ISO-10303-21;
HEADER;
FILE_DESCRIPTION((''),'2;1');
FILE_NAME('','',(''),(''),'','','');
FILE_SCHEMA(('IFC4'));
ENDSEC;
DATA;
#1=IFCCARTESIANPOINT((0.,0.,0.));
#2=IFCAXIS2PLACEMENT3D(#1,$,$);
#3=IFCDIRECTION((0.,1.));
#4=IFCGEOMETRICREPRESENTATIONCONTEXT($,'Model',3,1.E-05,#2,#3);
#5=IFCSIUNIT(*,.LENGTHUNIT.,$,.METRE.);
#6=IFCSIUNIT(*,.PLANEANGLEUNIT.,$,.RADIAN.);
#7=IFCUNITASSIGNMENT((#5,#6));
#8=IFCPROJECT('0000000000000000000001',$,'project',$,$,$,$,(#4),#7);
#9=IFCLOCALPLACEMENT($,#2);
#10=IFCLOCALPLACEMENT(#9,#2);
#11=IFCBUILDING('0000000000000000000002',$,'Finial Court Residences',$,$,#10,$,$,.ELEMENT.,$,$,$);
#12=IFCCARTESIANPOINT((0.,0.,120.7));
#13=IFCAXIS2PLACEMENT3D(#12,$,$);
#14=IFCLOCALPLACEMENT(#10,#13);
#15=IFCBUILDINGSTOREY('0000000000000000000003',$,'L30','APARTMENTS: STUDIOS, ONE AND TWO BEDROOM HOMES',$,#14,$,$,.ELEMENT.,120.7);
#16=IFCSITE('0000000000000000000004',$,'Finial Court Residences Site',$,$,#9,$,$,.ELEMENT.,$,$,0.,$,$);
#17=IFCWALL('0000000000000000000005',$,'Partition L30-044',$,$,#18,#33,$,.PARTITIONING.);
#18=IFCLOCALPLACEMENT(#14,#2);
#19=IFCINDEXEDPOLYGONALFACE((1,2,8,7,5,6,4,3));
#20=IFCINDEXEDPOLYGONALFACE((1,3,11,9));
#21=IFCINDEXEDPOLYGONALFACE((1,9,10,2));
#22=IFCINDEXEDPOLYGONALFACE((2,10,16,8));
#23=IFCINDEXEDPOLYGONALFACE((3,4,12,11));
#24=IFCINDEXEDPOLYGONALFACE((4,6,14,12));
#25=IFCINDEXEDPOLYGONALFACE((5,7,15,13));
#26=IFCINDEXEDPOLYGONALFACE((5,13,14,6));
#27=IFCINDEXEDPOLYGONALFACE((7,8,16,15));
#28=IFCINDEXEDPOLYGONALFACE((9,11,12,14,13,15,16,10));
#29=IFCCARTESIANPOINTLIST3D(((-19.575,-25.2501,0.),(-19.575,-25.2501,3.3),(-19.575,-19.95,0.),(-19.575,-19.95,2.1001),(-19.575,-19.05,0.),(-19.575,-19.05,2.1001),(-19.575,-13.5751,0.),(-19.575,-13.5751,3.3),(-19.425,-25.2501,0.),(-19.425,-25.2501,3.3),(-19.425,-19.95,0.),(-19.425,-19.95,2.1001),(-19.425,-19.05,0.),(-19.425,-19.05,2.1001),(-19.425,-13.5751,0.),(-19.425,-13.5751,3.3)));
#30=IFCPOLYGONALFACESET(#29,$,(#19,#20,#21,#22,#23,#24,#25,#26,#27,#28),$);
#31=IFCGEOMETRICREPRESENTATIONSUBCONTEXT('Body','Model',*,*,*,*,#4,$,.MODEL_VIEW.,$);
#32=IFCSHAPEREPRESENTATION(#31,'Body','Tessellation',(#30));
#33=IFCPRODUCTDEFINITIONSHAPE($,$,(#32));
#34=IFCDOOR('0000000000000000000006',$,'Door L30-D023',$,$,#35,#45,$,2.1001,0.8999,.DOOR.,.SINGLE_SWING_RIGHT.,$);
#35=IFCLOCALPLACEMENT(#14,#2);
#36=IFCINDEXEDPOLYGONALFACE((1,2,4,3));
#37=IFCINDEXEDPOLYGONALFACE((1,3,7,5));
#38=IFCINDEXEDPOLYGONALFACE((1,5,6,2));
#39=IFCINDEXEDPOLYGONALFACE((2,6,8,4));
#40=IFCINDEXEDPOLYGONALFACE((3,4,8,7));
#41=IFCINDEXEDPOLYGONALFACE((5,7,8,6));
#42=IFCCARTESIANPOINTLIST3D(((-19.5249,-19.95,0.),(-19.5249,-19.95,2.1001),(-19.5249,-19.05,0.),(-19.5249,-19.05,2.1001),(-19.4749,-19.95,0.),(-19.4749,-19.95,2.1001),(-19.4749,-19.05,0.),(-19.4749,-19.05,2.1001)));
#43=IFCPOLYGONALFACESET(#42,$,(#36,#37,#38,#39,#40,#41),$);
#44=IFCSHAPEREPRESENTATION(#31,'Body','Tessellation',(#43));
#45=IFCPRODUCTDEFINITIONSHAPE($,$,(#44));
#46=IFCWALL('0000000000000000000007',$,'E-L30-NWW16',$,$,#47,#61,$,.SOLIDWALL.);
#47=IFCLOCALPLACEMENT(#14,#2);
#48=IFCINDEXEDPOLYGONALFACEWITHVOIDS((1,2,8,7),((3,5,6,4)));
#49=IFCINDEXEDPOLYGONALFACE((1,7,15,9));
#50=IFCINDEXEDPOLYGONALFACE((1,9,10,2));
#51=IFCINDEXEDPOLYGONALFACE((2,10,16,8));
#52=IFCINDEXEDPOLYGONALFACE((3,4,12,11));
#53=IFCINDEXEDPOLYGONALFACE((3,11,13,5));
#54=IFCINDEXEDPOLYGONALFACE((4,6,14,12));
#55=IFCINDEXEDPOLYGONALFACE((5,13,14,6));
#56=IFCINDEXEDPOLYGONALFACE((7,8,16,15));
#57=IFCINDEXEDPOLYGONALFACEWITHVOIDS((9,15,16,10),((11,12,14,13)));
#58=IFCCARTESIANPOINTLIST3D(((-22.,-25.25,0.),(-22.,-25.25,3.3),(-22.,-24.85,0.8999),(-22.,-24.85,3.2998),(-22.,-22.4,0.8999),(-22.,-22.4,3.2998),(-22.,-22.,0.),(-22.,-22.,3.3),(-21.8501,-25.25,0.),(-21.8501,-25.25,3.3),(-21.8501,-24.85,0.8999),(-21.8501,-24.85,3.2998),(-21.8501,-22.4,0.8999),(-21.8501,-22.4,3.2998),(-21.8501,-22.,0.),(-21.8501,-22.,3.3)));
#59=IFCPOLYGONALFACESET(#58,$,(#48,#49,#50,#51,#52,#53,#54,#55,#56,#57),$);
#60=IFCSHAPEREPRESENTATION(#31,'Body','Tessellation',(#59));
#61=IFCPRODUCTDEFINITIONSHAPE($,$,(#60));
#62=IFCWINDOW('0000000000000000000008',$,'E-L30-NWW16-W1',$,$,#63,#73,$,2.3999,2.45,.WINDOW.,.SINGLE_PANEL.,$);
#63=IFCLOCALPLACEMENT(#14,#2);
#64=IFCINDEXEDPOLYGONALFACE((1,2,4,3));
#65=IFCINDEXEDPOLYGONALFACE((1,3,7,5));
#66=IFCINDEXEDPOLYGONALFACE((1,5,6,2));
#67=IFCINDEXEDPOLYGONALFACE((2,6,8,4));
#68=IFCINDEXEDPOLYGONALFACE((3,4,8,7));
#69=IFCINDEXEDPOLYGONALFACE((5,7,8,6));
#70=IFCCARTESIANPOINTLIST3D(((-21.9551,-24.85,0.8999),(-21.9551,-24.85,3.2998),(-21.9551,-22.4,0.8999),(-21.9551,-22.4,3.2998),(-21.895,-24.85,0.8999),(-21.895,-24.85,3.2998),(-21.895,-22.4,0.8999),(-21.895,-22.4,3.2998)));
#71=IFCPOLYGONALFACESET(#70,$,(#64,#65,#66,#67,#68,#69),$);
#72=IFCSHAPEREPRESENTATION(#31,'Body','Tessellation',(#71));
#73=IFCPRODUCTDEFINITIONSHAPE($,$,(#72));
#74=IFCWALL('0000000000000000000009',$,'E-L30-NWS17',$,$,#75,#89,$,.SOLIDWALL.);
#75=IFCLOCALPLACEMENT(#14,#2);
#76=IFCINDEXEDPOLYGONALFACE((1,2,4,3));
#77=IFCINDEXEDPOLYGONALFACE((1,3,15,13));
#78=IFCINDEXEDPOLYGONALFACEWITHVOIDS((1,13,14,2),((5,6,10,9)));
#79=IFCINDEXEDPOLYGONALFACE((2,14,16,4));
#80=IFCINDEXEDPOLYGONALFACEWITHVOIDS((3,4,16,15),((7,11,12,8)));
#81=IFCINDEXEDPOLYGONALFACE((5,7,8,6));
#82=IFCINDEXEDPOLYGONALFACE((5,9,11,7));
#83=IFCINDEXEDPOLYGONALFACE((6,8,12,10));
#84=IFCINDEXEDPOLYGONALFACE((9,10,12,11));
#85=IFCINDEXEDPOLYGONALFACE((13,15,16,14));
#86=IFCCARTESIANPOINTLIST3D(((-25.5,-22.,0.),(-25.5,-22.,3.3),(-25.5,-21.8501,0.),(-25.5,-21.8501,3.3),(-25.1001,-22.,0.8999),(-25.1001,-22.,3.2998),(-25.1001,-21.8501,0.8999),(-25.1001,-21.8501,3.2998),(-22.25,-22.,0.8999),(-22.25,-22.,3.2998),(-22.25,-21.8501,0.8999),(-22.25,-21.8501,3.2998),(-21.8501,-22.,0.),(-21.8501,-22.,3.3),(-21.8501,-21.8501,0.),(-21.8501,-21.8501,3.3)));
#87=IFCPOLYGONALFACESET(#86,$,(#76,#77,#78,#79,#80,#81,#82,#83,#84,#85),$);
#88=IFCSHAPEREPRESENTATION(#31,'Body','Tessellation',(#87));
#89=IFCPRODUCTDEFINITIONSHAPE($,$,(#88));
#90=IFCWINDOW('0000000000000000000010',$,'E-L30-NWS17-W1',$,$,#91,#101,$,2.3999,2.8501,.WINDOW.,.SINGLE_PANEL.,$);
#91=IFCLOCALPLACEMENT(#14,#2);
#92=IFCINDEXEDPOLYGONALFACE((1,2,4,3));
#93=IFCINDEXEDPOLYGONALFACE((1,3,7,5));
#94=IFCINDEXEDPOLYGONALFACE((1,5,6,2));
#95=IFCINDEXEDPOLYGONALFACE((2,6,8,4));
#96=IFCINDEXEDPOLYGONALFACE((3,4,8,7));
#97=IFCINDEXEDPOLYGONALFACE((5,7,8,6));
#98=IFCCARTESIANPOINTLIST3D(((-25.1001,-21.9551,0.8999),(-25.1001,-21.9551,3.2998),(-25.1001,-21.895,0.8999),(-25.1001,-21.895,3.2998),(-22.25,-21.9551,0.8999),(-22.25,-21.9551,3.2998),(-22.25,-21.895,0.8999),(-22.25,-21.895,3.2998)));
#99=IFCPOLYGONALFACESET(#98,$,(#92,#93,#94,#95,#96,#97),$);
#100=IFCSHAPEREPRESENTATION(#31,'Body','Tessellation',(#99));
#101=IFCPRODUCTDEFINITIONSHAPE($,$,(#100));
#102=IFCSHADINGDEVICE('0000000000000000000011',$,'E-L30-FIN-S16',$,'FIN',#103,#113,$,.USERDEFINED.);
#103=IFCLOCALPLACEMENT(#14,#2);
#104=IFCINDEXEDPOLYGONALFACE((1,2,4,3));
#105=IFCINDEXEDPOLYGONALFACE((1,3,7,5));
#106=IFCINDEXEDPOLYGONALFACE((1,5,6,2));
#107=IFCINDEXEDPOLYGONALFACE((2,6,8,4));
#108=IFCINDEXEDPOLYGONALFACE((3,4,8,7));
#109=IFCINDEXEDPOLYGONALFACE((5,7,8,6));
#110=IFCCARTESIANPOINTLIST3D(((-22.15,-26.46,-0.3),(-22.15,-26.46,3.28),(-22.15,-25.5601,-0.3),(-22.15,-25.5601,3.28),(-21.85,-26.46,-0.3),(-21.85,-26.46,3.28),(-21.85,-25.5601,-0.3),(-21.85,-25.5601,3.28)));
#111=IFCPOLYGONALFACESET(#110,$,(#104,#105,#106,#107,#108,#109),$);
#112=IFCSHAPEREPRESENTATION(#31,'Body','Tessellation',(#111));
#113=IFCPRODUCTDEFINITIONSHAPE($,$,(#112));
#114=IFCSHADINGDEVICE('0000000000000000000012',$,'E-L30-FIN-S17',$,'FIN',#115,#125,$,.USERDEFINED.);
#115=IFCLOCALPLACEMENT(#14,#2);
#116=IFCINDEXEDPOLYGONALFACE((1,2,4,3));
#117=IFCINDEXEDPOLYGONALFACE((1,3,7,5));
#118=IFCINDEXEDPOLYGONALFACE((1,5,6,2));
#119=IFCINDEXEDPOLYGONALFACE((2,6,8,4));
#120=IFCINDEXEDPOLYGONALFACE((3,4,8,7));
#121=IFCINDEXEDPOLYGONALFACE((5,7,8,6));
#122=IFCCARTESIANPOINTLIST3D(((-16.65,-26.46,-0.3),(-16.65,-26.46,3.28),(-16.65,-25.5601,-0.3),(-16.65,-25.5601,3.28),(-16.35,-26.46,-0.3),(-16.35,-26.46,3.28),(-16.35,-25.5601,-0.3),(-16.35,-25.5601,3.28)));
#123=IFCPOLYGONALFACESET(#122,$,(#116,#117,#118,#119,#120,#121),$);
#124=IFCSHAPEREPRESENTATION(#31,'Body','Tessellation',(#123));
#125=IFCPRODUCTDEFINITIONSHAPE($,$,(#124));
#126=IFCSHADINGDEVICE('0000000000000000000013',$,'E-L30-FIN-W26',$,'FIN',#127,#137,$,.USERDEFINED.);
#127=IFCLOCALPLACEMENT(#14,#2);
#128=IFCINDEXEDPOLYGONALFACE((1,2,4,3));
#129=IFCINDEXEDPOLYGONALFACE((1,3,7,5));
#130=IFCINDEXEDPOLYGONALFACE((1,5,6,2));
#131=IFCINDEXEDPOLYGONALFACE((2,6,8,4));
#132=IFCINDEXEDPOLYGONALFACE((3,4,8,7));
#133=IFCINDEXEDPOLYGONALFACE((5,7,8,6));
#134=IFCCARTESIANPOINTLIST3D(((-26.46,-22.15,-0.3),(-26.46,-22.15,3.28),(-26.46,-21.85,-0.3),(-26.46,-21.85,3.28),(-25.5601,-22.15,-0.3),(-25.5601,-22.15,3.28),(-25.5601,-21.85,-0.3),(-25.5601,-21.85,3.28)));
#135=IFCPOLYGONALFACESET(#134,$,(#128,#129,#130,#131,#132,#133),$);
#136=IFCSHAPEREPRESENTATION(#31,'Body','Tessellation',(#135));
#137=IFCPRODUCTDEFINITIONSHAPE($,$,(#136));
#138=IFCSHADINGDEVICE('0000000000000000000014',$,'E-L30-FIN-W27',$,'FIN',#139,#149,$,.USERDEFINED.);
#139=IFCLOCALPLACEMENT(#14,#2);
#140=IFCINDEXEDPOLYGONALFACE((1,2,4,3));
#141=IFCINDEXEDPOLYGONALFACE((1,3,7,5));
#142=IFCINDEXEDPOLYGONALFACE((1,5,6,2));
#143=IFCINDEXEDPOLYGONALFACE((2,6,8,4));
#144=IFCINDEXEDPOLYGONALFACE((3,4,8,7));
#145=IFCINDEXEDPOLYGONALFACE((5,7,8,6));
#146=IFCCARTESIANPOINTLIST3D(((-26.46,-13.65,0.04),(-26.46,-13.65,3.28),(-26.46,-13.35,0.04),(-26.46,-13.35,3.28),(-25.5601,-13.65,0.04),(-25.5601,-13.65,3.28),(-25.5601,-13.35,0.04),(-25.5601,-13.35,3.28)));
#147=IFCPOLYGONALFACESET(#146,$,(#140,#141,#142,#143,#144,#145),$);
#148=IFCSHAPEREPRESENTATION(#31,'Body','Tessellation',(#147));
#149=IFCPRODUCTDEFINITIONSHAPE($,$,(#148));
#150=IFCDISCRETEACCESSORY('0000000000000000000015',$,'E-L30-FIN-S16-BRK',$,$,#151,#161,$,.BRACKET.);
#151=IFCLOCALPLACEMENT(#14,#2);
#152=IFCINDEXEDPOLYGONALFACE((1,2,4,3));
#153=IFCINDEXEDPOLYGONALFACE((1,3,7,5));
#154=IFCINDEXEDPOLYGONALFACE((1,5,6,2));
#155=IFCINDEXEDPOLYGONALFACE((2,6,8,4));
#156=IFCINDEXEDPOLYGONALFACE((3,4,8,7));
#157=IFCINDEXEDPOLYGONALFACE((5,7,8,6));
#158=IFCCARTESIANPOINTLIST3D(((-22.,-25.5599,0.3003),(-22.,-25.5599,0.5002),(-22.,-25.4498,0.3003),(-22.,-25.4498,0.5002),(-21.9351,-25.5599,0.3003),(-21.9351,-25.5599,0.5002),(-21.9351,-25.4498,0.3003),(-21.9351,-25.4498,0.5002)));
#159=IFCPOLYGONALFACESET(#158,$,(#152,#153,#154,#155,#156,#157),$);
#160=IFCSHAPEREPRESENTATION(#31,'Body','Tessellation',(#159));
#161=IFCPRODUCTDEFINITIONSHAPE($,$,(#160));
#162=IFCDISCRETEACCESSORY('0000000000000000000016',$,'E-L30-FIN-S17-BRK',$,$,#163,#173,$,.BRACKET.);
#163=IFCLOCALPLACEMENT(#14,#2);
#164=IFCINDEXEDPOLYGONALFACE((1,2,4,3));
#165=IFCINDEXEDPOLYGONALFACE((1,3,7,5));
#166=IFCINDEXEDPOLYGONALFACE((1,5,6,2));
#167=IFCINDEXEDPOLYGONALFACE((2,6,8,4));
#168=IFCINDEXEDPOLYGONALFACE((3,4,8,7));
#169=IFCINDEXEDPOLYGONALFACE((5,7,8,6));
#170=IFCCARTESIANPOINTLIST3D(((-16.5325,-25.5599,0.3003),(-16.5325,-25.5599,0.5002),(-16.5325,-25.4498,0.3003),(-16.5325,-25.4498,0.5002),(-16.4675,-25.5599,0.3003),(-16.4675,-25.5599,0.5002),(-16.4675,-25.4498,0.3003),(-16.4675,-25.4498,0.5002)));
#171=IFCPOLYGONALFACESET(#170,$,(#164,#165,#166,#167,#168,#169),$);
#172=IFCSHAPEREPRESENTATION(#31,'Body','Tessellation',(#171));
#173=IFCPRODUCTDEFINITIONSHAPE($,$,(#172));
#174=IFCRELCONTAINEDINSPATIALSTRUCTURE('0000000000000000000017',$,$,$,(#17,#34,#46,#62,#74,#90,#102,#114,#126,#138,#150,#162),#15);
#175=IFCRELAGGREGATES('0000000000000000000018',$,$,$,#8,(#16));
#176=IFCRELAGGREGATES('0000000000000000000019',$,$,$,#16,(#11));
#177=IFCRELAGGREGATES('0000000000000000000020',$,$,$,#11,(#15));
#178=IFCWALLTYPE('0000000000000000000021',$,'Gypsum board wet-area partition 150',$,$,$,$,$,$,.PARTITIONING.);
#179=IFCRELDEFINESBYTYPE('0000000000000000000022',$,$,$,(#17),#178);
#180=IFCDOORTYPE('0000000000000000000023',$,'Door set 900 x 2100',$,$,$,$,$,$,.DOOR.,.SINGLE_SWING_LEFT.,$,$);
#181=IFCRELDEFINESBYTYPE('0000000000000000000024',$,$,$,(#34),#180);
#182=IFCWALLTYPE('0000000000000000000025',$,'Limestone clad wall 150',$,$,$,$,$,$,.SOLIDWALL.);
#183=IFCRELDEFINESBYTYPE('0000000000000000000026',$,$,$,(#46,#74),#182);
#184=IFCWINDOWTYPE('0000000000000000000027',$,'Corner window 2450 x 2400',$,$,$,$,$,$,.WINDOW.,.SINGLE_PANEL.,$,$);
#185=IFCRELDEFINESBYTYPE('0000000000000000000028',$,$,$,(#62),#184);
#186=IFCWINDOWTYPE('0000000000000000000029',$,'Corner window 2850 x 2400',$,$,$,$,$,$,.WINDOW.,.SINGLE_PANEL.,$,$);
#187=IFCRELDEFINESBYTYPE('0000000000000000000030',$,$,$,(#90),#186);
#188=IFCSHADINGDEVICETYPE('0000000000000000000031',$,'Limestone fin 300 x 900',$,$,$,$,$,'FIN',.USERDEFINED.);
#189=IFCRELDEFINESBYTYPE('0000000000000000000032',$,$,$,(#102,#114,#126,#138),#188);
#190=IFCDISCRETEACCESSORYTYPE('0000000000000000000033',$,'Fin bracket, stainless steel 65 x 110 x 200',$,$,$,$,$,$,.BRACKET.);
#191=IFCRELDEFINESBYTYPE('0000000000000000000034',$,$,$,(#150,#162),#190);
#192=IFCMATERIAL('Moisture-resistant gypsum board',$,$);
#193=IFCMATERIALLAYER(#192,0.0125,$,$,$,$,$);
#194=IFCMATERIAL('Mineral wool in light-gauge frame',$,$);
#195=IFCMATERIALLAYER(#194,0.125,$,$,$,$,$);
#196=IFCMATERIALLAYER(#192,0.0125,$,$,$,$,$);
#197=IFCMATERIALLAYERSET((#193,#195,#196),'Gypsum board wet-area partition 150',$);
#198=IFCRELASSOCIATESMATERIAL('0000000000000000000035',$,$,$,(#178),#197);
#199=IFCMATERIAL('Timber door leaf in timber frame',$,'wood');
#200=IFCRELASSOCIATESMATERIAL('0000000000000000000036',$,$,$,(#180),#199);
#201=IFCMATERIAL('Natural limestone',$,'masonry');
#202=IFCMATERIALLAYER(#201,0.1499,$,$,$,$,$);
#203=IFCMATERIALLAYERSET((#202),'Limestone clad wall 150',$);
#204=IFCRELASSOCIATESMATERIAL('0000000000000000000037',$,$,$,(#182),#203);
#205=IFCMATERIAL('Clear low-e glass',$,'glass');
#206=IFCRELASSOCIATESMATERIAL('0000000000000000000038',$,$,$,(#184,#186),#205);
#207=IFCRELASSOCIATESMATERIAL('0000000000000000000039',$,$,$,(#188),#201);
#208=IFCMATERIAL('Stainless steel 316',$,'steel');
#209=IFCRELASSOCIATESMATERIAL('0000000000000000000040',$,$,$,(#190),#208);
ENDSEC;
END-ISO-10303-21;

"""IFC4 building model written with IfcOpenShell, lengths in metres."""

from ifc_helpers import new_model, si_unit, direction, frame, frame_2d, origin, origin_2d, place, context, subcontext, project, spatial, rectangle, extrude, material, layer, layer_set, type_object, element, fill, save


model = new_model("IFC4")

# Units and contexts
model_context = context("Model", 3, precision=1e-05, world=origin(), true_north=direction((0.0, 1.0)))
body_context = subcontext(model_context, "Body", "Model", "MODEL_VIEW")
ifc_project = project(units=[si_unit("LENGTHUNIT", "METRE"), si_unit("PLANEANGLEUNIT", "RADIAN")], contexts=[model_context])

# Site, building, storey
site_placement = place(None, origin())
site = spatial("IfcSite", under=ifc_project, at=site_placement, Name="Finial Court Residences Site", CompositionType="ELEMENT", RefElevation=0.0)
building_placement = place(site_placement, origin())
building = spatial("IfcBuilding", under=site, at=building_placement, Name="Finial Court Residences", CompositionType="ELEMENT")
storey_placement = place(building_placement, frame((0.0, 0.0, 120.7)))
storey = spatial("IfcBuildingStorey", under=building, at=storey_placement, Name="L30", Description="APARTMENTS: STUDIOS, ONE AND TWO BEDROOM HOMES", CompositionType="ELEMENT", Elevation=120.7)

# Shared definitions
ifc_material_1 = material(Name="Clear low-e glass", Category="glass")

# Wall, opening, door
ifc_material_2 = material(Name="Moisture-resistant gypsum board")
ifc_layer_1 = layer(ifc_material_2, 0.0125)
ifc_material_3 = material(Name="Mineral wool in light-gauge frame")
ifc_layer_2 = layer(ifc_material_3, 0.125)
ifc_layer_3 = layer(ifc_material_2, 0.0125)
ifc_layer_set_1 = layer_set([ifc_layer_1, ifc_layer_2, ifc_layer_3], Name="Gypsum board wet-area partition 150")
wall_type_1 = type_object("IfcWallType", Name="Gypsum board wet-area partition 150", PredefinedType="PARTITIONING", material=ifc_layer_set_1)
wall_1_placement = place(storey_placement, frame((-19.5, -25.25, 0.0), z_axis=(0.0, 0.0, 1.0), x_axis=(0.0, 1.0, 0.0)))
wall_1 = element("IfcWall", 1, at=wall_1_placement, inside=storey, type_object=wall_type_1, Name="Partition L30-044", PredefinedType="PARTITIONING", context=body_context, shape_type="SweptSolid", body=[
    extrude(rectangle(XDim=11.675, YDim=0.1499, at=frame_2d((5.8374, 0.0))), origin(), (0.0, 0.0, 1.0), 3.3),
])
opening_1_placement = place(wall_1_placement, frame((5.3, 0.0, 0.0)))
opening_1 = element("IfcOpeningElement", 2, at=opening_1_placement, cuts=wall_1, PredefinedType="OPENING", context=body_context, shape_type="SweptSolid", body=[
    extrude(rectangle(XDim=0.8999, YDim=2.1001, at=frame_2d((0.45, 1.05))), frame((0.0, 0.085, 0.0), z_axis=(0.0, -1.0, 0.0), x_axis=(1.0, 0.0, 0.0)), (0.0, 0.0, 1.0), 0.1699),
])
ifc_material_4 = material(Name="Timber door leaf in timber frame", Category="wood")
door_type = type_object("IfcDoorType", Name="Door set 900 x 2100", OperationType="SINGLE_SWING_LEFT", PredefinedType="DOOR", material=ifc_material_4)
door_placement = place(opening_1_placement, origin())
door = element("IfcDoor", 3, at=door_placement, inside=storey, type_object=door_type, Name="Door L30-D023", OperationType="SINGLE_SWING_RIGHT", OverallHeight=2.1001, OverallWidth=0.8999, PredefinedType="DOOR", context=body_context, shape_type="SweptSolid", body=[
    extrude(rectangle(XDim=0.8999, YDim=2.1001, at=frame_2d((0.45, 1.05))), frame((0.0, 0.0249, 0.0), z_axis=(0.0, -1.0, 0.0), x_axis=(1.0, 0.0, 0.0)), (0.0, 0.0, 1.0), 0.05),
])
fill(opening_1, door)

# Walls, openings, windows
ifc_material_5 = material(Name="Natural limestone", Category="masonry")
ifc_layer_4 = layer(ifc_material_5, 0.1499)
ifc_layer_set_2 = layer_set([ifc_layer_4], Name="Limestone clad wall 150")
wall_type_2 = type_object("IfcWallType", Name="Limestone clad wall 150", PredefinedType="SOLIDWALL", material=ifc_layer_set_2)
wall_2_placement = place(storey_placement, frame((-21.925, -25.25, 0.0), z_axis=(0.0, 0.0, 1.0), x_axis=(0.0, 1.0, 0.0)))
wall_2 = element("IfcWall", 4, at=wall_2_placement, inside=storey, type_object=wall_type_2, Name="E-L30-NWW16", PredefinedType="SOLIDWALL", context=body_context, shape_type="SweptSolid", body=[
    extrude(rectangle(XDim=3.25, YDim=0.1499, at=frame_2d((1.625, 0.0))), origin(), (0.0, 0.0, 1.0), 3.3),
])
opening_2_placement = place(wall_2_placement, frame((0.3999, 0.0, 0.8999)))
opening_2 = element("IfcOpeningElement", 5, at=opening_2_placement, cuts=wall_2, PredefinedType="OPENING", context=body_context, shape_type="SweptSolid", body=[
    extrude(rectangle(XDim=2.45, YDim=2.3999, at=frame_2d((1.2251, 1.2))), frame((0.0, 0.085, 0.0), z_axis=(0.0, -1.0, 0.0), x_axis=(1.0, 0.0, 0.0)), (0.0, 0.0, 1.0), 0.1699),
])
window_type_1 = type_object("IfcWindowType", Name="Corner window 2450 x 2400", PartitioningType="SINGLE_PANEL", PredefinedType="WINDOW", material=ifc_material_1)
window_1_placement = place(opening_2_placement, origin())
window_1 = element("IfcWindow", 6, at=window_1_placement, inside=storey, type_object=window_type_1, Name="E-L30-NWW16-W1", OverallHeight=2.3999, OverallWidth=2.45, PartitioningType="SINGLE_PANEL", PredefinedType="WINDOW", context=body_context, shape_type="SweptSolid", body=[
    extrude(rectangle(XDim=2.45, YDim=2.3999, at=frame_2d((1.2251, 1.2))), frame((0.0, 0.03, 0.0), z_axis=(0.0, -1.0, 0.0), x_axis=(1.0, 0.0, 0.0)), (0.0, 0.0, 1.0), 0.0601),
])
fill(opening_2, window_1)
wall_3_placement = place(storey_placement, frame((-21.8501, -21.925, 0.0), z_axis=(0.0, 0.0, 1.0), x_axis=(-1.0, 0.0, 0.0)))
wall_3 = element("IfcWall", 7, at=wall_3_placement, inside=storey, type_object=wall_type_2, Name="E-L30-NWS17", PredefinedType="SOLIDWALL", context=body_context, shape_type="SweptSolid", body=[
    extrude(rectangle(XDim=3.6499, YDim=0.1499, at=frame_2d((1.825, 0.0))), origin(), (0.0, 0.0, 1.0), 3.3),
])
opening_3_placement = place(wall_3_placement, frame((0.3999, 0.0, 0.8999)))
opening_3 = element("IfcOpeningElement", 8, at=opening_3_placement, cuts=wall_3, PredefinedType="OPENING", context=body_context, shape_type="SweptSolid", body=[
    extrude(rectangle(XDim=2.8501, YDim=2.3999, at=frame_2d((1.425, 1.2))), frame((0.0, 0.085, 0.0), z_axis=(0.0, -1.0, 0.0), x_axis=(1.0, 0.0, 0.0)), (0.0, 0.0, 1.0), 0.1699),
])
window_type_2 = type_object("IfcWindowType", Name="Corner window 2850 x 2400", PartitioningType="SINGLE_PANEL", PredefinedType="WINDOW", material=ifc_material_1)
window_2_placement = place(opening_3_placement, origin())
window_2 = element("IfcWindow", 9, at=window_2_placement, inside=storey, type_object=window_type_2, Name="E-L30-NWS17-W1", OverallHeight=2.3999, OverallWidth=2.8501, PartitioningType="SINGLE_PANEL", PredefinedType="WINDOW", context=body_context, shape_type="SweptSolid", body=[
    extrude(rectangle(XDim=2.8501, YDim=2.3999, at=frame_2d((1.425, 1.2))), frame((0.0, 0.03, 0.0), z_axis=(0.0, -1.0, 0.0), x_axis=(1.0, 0.0, 0.0)), (0.0, 0.0, 1.0), 0.0601),
])
fill(opening_3, window_2)

# Shading devices
shading_device_type = type_object("IfcShadingDeviceType", Name="Limestone fin 300 x 900", ElementType="FIN", PredefinedType="USERDEFINED", material=ifc_material_5)
for number, where, z_axis, x_axis, name in (
    (10, (-22.0, -26.01, -0.3), (0.0, 0.0, 1.0), (1.0, 0.0, 0.0), "E-L30-FIN-S16"),
    (11, (-16.5, -26.01, -0.3), (0.0, 0.0, 1.0), (1.0, 0.0, 0.0), "E-L30-FIN-S17"),
):
    element("IfcShadingDevice", number, at=place(storey_placement, frame(where, z_axis=z_axis, x_axis=x_axis)), inside=storey, type_object=shading_device_type, Name=name, ObjectType="FIN", PredefinedType="USERDEFINED", context=body_context, shape_type="SweptSolid", body=[
        extrude(rectangle(XDim=0.3, YDim=0.8999, at=origin_2d()), origin(), (0.0, 0.0, 1.0), 3.5801),
    ])
shading_device_1_placement = place(storey_placement, frame((-26.01, -22.0, -0.3), z_axis=(0.0, 0.0, 1.0), x_axis=(1.0, 0.0, 0.0)))
element("IfcShadingDevice", 12, at=shading_device_1_placement, inside=storey, type_object=shading_device_type, Name="E-L30-FIN-W26", ObjectType="FIN", PredefinedType="USERDEFINED", context=body_context, shape_type="SweptSolid", body=[
    extrude(rectangle(XDim=0.8999, YDim=0.3, at=origin_2d()), origin(), (0.0, 0.0, 1.0), 3.5801),
])
shading_device_2_placement = place(storey_placement, frame((-26.01, -13.5, 0.04), z_axis=(0.0, 0.0, 1.0), x_axis=(1.0, 0.0, 0.0)))
element("IfcShadingDevice", 13, at=shading_device_2_placement, inside=storey, type_object=shading_device_type, Name="E-L30-FIN-W27", ObjectType="FIN", PredefinedType="USERDEFINED", context=body_context, shape_type="SweptSolid", body=[
    extrude(rectangle(XDim=0.8999, YDim=0.3, at=origin_2d()), origin(), (0.0, 0.0, 1.0), 3.24),
])

# Discrete accessories
ifc_material_6 = material(Name="Stainless steel 316", Category="steel")
discrete_accessory_type = type_object("IfcDiscreteAccessoryType", Name="Fin bracket, stainless steel 65 x 110 x 200", PredefinedType="BRACKET", material=ifc_material_6)
for number, where, z_axis, x_axis, name in (
    (14, (-21.9675, -25.5049, 0.3003), (0.0, 0.0, 1.0), (1.0, 0.0, 0.0), "E-L30-FIN-S16-BRK"),
    (15, (-16.5, -25.5049, 0.3003), (0.0, 0.0, 1.0), (1.0, 0.0, 0.0), "E-L30-FIN-S17-BRK"),
):
    element("IfcDiscreteAccessory", number, at=place(storey_placement, frame(where, z_axis=z_axis, x_axis=x_axis)), inside=storey, type_object=discrete_accessory_type, Name=name, PredefinedType="BRACKET", context=body_context, shape_type="SweptSolid", body=[
        extrude(rectangle(XDim=0.0649, YDim=0.1101, at=origin_2d()), origin(), (0.0, 0.0, 1.0), 0.2),
    ])

save(model, "model.ifc")
